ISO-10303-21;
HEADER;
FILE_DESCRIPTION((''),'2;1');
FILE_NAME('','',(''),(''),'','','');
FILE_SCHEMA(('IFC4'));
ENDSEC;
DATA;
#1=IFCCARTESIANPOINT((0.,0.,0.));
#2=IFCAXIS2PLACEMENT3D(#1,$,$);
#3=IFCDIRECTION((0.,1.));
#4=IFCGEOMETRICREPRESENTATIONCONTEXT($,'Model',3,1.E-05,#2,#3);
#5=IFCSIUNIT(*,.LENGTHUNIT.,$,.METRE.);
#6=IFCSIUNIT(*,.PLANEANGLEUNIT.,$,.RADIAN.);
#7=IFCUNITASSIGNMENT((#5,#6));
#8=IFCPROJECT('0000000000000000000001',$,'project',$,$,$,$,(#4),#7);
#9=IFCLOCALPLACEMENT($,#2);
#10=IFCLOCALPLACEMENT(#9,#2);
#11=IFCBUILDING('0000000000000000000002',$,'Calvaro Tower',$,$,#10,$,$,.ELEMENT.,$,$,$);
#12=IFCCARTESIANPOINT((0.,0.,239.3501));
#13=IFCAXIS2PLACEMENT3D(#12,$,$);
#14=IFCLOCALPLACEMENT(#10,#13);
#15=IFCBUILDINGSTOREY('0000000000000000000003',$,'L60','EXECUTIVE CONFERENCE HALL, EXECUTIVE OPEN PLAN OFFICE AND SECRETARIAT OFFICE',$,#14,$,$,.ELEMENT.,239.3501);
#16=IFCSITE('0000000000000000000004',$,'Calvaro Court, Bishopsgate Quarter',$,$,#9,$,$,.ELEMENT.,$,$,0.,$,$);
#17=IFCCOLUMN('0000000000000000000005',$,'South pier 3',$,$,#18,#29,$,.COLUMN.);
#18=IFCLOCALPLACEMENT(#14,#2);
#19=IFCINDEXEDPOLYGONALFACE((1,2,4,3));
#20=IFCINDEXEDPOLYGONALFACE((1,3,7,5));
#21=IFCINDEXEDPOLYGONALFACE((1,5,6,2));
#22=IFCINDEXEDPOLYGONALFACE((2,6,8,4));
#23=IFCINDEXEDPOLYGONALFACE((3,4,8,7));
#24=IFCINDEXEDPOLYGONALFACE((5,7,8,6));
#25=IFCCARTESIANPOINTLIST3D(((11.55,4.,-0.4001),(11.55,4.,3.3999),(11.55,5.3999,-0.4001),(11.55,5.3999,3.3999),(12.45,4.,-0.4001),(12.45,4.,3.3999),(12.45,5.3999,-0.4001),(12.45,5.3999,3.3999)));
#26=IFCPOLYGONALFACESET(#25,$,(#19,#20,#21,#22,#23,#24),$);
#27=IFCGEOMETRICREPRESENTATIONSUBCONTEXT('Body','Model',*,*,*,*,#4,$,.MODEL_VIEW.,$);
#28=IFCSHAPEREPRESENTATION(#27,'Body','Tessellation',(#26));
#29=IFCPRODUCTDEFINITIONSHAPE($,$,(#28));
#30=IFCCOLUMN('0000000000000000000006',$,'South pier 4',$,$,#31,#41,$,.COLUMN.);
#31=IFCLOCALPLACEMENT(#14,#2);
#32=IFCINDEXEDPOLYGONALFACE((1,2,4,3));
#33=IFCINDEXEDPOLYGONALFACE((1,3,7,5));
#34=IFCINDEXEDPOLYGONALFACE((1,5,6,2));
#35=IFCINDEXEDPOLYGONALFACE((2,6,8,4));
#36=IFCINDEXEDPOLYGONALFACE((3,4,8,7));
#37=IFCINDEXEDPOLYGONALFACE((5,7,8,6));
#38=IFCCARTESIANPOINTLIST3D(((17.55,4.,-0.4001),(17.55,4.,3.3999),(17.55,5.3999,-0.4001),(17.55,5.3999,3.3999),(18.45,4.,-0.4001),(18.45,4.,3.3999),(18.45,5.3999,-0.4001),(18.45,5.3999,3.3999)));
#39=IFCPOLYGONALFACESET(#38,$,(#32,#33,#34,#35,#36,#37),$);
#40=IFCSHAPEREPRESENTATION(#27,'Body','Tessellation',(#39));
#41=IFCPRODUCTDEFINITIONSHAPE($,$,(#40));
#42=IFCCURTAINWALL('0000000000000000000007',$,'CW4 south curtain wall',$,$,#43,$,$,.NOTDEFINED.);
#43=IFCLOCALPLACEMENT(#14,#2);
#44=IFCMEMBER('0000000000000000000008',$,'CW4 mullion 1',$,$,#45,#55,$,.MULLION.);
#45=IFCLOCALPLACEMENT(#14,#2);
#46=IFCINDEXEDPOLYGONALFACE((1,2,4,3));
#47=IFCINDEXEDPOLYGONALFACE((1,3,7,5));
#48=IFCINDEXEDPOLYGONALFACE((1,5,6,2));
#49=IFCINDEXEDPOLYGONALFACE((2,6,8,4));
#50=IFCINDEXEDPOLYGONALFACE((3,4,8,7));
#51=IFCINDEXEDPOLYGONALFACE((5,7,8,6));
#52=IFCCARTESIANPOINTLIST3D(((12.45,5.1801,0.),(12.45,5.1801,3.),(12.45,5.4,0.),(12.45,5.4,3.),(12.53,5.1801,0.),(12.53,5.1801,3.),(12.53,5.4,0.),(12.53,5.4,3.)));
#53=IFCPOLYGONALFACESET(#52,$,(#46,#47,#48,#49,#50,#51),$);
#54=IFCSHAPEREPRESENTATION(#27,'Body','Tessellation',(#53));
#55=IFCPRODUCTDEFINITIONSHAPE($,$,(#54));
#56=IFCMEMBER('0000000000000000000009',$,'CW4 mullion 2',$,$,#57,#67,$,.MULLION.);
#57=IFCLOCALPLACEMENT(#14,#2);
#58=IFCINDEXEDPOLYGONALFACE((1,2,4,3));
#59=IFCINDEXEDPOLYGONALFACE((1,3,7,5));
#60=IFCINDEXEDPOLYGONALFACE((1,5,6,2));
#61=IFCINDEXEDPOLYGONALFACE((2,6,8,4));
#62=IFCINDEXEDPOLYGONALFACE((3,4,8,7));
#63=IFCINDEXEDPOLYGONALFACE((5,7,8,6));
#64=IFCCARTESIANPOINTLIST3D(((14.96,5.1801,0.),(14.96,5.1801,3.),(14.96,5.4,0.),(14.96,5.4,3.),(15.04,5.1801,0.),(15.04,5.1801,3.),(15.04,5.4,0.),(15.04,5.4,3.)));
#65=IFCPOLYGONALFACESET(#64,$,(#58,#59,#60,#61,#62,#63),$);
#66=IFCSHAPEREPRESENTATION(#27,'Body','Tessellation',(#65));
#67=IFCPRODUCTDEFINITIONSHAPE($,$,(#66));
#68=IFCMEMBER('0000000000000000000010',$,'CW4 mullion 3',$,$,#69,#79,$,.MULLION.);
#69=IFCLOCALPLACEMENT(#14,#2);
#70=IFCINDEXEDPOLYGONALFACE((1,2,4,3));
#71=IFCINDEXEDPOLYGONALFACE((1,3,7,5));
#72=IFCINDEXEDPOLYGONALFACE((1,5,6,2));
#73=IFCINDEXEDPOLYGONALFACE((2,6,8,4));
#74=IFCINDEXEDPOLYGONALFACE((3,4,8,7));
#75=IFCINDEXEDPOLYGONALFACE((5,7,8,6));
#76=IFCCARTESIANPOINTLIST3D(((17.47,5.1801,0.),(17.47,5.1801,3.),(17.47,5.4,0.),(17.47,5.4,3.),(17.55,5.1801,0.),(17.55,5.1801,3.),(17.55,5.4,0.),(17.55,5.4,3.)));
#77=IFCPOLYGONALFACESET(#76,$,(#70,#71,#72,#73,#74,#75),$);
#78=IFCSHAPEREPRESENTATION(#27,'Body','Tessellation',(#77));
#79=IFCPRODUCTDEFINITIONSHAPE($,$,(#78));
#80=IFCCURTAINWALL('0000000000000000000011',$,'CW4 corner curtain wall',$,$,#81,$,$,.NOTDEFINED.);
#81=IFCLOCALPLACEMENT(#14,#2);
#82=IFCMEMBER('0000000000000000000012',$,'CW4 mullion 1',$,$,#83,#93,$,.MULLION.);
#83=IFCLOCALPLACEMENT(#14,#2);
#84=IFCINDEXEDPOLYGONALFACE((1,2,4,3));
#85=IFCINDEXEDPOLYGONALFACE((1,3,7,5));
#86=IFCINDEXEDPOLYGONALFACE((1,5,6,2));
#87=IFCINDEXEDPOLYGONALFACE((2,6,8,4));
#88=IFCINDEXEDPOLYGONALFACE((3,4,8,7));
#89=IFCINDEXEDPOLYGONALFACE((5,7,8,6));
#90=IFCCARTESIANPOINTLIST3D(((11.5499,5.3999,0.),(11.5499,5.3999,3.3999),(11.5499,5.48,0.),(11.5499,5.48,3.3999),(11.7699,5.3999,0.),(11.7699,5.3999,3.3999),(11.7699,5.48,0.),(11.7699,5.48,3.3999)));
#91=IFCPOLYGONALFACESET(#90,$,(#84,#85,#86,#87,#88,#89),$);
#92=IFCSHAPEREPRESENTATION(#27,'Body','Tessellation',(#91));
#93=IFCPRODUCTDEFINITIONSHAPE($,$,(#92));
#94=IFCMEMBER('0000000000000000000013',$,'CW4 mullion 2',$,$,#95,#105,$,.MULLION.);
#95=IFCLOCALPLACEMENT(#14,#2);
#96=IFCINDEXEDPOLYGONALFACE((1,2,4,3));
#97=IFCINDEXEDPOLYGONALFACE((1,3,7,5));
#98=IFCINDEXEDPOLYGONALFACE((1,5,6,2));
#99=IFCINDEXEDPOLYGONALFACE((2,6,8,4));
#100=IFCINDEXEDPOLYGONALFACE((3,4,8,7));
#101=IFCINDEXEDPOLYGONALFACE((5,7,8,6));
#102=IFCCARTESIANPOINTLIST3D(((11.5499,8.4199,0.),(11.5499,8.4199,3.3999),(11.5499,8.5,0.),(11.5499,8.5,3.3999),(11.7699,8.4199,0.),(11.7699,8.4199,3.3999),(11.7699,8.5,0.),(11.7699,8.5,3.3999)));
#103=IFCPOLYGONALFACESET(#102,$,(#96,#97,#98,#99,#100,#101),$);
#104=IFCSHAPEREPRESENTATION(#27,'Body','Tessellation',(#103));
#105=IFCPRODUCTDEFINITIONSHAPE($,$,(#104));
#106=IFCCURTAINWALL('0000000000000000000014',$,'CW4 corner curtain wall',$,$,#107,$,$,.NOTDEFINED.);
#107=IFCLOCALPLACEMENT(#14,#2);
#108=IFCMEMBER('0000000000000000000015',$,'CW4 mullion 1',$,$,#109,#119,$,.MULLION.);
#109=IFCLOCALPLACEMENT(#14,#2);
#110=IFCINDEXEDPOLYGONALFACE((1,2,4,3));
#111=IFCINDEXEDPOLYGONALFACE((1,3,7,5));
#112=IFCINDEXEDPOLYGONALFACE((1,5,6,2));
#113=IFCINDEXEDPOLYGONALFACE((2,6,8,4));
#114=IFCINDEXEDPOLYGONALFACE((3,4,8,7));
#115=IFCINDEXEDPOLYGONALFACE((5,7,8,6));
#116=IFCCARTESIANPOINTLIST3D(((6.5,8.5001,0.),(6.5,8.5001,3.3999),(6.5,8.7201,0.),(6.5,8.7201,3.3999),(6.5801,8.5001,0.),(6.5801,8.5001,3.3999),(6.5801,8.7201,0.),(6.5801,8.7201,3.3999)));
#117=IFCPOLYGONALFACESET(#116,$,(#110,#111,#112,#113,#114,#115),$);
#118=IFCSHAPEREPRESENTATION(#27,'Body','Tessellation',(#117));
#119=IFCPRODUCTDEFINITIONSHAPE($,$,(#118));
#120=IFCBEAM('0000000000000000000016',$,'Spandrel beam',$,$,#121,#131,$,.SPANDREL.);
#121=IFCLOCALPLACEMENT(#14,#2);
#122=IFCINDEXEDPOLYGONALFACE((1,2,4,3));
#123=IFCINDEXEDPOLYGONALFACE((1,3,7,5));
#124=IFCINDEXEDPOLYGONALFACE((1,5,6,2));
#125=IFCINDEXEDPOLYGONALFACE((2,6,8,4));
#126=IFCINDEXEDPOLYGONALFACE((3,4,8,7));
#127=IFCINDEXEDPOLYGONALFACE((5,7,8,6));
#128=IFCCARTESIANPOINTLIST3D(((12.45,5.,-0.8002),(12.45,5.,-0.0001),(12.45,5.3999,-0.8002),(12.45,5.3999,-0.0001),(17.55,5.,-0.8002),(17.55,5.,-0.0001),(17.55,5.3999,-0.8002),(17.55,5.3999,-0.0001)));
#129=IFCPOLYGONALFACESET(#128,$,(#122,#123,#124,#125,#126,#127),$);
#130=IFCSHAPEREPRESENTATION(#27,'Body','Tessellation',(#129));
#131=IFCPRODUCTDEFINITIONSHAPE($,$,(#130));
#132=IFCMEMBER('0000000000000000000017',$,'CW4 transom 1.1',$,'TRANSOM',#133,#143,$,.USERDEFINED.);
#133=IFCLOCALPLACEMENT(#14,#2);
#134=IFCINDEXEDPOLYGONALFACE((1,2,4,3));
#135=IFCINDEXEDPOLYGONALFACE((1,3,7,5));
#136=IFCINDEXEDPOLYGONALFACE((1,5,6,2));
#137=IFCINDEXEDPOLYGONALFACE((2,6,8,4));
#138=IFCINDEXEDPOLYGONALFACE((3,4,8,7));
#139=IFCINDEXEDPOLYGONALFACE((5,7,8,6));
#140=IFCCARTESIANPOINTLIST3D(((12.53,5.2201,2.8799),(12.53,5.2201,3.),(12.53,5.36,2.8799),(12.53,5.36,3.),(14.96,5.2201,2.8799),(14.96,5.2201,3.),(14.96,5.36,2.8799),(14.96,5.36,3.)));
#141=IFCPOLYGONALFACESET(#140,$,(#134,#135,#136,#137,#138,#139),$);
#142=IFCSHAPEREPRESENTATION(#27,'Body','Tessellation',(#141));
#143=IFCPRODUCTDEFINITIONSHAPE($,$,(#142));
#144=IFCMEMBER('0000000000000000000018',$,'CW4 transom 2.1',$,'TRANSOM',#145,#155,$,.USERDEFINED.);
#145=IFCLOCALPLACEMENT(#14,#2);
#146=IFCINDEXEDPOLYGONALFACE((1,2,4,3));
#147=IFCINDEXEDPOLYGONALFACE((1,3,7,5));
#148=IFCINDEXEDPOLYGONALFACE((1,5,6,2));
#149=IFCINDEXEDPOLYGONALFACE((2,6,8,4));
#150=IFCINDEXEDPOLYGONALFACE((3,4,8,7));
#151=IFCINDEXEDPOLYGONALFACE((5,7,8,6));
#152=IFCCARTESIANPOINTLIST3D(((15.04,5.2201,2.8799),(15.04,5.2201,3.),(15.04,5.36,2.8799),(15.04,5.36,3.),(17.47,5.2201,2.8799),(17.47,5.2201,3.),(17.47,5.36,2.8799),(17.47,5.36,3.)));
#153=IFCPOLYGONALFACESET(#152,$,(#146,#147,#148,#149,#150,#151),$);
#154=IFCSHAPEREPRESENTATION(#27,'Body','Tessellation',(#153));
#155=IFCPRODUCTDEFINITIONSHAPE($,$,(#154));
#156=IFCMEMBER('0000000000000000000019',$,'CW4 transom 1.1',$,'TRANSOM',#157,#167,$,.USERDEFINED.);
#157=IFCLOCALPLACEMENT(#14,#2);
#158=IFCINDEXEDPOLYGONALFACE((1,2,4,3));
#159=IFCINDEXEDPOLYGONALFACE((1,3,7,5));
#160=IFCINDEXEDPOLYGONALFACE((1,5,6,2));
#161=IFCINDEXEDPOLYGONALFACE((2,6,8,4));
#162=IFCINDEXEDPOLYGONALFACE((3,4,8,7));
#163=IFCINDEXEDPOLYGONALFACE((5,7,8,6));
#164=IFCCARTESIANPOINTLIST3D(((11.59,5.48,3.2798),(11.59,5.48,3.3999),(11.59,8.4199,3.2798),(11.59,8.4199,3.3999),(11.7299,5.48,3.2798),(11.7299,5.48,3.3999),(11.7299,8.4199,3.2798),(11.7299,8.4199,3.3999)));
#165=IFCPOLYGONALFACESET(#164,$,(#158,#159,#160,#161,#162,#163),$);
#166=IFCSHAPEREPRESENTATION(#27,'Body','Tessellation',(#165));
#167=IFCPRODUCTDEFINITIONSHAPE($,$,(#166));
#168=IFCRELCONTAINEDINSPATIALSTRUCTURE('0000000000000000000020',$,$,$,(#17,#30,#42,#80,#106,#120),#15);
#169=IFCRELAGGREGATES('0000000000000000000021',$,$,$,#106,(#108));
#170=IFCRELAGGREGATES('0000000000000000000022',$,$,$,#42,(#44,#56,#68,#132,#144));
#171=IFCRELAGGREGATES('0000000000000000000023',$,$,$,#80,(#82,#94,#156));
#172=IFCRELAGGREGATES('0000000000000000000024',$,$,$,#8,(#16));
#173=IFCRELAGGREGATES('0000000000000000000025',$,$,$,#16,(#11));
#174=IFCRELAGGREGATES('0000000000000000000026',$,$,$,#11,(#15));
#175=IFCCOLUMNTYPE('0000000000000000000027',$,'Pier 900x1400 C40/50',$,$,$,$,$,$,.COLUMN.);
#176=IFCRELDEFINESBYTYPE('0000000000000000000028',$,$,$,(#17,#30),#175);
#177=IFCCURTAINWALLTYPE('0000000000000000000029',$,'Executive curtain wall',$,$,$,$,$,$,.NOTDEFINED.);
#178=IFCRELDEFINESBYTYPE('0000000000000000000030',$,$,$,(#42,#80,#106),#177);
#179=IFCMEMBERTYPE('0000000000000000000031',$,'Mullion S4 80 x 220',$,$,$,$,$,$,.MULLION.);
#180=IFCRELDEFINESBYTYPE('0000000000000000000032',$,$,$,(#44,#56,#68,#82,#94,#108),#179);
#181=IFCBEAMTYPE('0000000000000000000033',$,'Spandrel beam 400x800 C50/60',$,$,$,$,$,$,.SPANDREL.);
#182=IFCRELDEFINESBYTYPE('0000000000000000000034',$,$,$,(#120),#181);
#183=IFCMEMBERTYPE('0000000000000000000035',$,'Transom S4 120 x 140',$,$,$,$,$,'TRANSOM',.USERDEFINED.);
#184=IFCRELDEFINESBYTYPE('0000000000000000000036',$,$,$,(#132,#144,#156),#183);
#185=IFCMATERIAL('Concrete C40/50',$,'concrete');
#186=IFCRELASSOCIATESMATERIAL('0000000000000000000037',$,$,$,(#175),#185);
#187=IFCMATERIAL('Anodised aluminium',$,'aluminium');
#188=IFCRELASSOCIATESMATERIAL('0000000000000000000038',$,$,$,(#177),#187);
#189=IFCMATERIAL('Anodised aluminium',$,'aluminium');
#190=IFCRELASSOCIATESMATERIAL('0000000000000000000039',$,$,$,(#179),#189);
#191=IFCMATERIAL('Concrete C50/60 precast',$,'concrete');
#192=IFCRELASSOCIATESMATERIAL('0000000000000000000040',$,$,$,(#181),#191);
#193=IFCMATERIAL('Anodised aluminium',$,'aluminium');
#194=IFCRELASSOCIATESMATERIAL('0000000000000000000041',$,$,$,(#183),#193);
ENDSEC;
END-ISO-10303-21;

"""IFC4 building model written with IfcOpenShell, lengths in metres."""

from ifc_helpers import new_model, si_unit, direction, frame, origin, origin_2d, place, context, subcontext, project, spatial, rectangle, extrude, material, material_profile, profile_set, type_object, element, aggregate, save


model = new_model("IFC4")

# Units and contexts
model_context = context("Model", 3, precision=1e-05, world=origin(), true_north=direction((0.0, 1.0)))
body_context = subcontext(model_context, "Body", "Model", "MODEL_VIEW")
ifc_project = project(units=[si_unit("LENGTHUNIT", "METRE"), si_unit("PLANEANGLEUNIT", "RADIAN")], contexts=[model_context])

# Site, building, storey
site_placement = place(None, origin())
site = spatial("IfcSite", under=ifc_project, at=site_placement, Name="Calvaro Court, Bishopsgate Quarter", CompositionType="ELEMENT", RefElevation=0.0)
building_placement = place(site_placement, origin())
building = spatial("IfcBuilding", under=site, at=building_placement, Name="Calvaro Tower", CompositionType="ELEMENT")
storey_placement = place(building_placement, frame((0.0, 0.0, 239.3501)))
storey = spatial("IfcBuildingStorey", under=building, at=storey_placement, Name="L60", Description="EXECUTIVE CONFERENCE HALL, EXECUTIVE OPEN PLAN OFFICE AND SECRETARIAT OFFICE", CompositionType="ELEMENT", Elevation=239.3501)

# Columns
ifc_material_1 = material(Name="Concrete C40/50", Category="concrete")
ifc_material_profile_1 = material_profile(ifc_material_1, rectangle(XDim=0.8999, YDim=1.3999, at=origin_2d()), Name="RC 900x1400")
ifc_profile_set_1 = profile_set([ifc_material_profile_1], Name="Concrete C40/50")
column_type = type_object("IfcColumnType", Name="Pier 900x1400 C40/50", PredefinedType="COLUMN", material=ifc_profile_set_1)
for number, where, z_axis, x_axis, name in (
    (1, (12.0, 4.7, -0.4001), (0.0, 0.0, 1.0), (1.0, 0.0, 0.0), "South pier 3"),
    (2, (18.0, 4.7, -0.4001), (0.0, 0.0, 1.0), (1.0, 0.0, 0.0), "South pier 4"),
):
    element("IfcColumn", number, at=place(storey_placement, frame(where, z_axis=z_axis, x_axis=x_axis)), inside=storey, type_object=column_type, Name=name, PredefinedType="COLUMN", context=body_context, shape_type="SweptSolid", body=[
        extrude(rectangle(XDim=0.8999, YDim=1.3999, at=origin_2d()), origin(), (0.0, 0.0, 1.0), 3.8),
    ])

# Curtain walls, members
ifc_material_2 = material(Name="Anodised aluminium", Category="aluminium")
curtain_wall_type = type_object("IfcCurtainWallType", Name="Executive curtain wall", PredefinedType="NOTDEFINED", material=ifc_material_2)
curtain_wall_1_placement = place(storey_placement, origin())
curtain_wall_1 = element("IfcCurtainWall", 3, at=curtain_wall_1_placement, inside=storey, type_object=curtain_wall_type, Name="CW4 south curtain wall", PredefinedType="NOTDEFINED")
ifc_material_3 = material(Name="Anodised aluminium", Category="aluminium")
ifc_material_profile_2 = material_profile(ifc_material_3, rectangle(XDim=0.22, YDim=0.0801, at=origin_2d()), Name="Mullion S4 80 x 220")
ifc_profile_set_2 = profile_set([ifc_material_profile_2], Name="Anodised aluminium")
member_type_1 = type_object("IfcMemberType", Name="Mullion S4 80 x 220", PredefinedType="MULLION", material=ifc_profile_set_2)
member_1_placement = place(storey_placement, frame((12.49, 5.29, 0.0), z_axis=(0.0, 0.0, 1.0), x_axis=(0.0, 1.0, 0.0)))
member_1 = element("IfcMember", 4, at=member_1_placement, type_object=member_type_1, Name="CW4 mullion 1", PredefinedType="MULLION", context=body_context, shape_type="SweptSolid", body=[
    extrude(rectangle(XDim=0.22, YDim=0.0801, at=origin_2d()), origin(), (0.0, 0.0, 1.0), 3.0),
])
member_2_placement = place(storey_placement, frame((15.0, 5.29, 0.0), z_axis=(0.0, 0.0, 1.0), x_axis=(0.0, 1.0, 0.0)))
member_2 = element("IfcMember", 5, at=member_2_placement, type_object=member_type_1, Name="CW4 mullion 2", PredefinedType="MULLION", context=body_context, shape_type="SweptSolid", body=[
    extrude(rectangle(XDim=0.22, YDim=0.0801, at=origin_2d()), origin(), (0.0, 0.0, 1.0), 3.0),
])
member_3_placement = place(storey_placement, frame((17.51, 5.29, 0.0), z_axis=(0.0, 0.0, 1.0), x_axis=(0.0, 1.0, 0.0)))
member_3 = element("IfcMember", 6, at=member_3_placement, type_object=member_type_1, Name="CW4 mullion 3", PredefinedType="MULLION", context=body_context, shape_type="SweptSolid", body=[
    extrude(rectangle(XDim=0.22, YDim=0.0801, at=origin_2d()), origin(), (0.0, 0.0, 1.0), 3.0),
])
curtain_wall_2_placement = place(storey_placement, origin())
curtain_wall_2 = element("IfcCurtainWall", 7, at=curtain_wall_2_placement, inside=storey, type_object=curtain_wall_type, Name="CW4 corner curtain wall", PredefinedType="NOTDEFINED")
member_4_placement = place(storey_placement, frame((11.6599, 5.4399, 0.0), z_axis=(0.0, 0.0, 1.0), x_axis=(-1.0, 0.0, 0.0)))
member_4 = element("IfcMember", 8, at=member_4_placement, type_object=member_type_1, Name="CW4 mullion 1", PredefinedType="MULLION", context=body_context, shape_type="SweptSolid", body=[
    extrude(rectangle(XDim=0.22, YDim=0.0801, at=origin_2d()), origin(), (0.0, 0.0, 1.0), 3.3999),
])
member_5_placement = place(storey_placement, frame((11.6599, 8.46, 0.0), z_axis=(0.0, 0.0, 1.0), x_axis=(-1.0, 0.0, 0.0)))
member_5 = element("IfcMember", 9, at=member_5_placement, type_object=member_type_1, Name="CW4 mullion 2", PredefinedType="MULLION", context=body_context, shape_type="SweptSolid", body=[
    extrude(rectangle(XDim=0.22, YDim=0.0801, at=origin_2d()), origin(), (0.0, 0.0, 1.0), 3.3999),
])

# Curtain wall, member
curtain_wall_3_placement = place(storey_placement, origin())
curtain_wall_3 = element("IfcCurtainWall", 10, at=curtain_wall_3_placement, inside=storey, type_object=curtain_wall_type, Name="CW4 corner curtain wall", PredefinedType="NOTDEFINED")
member_6_placement = place(storey_placement, frame((6.54, 8.6101, 0.0), z_axis=(0.0, 0.0, 1.0), x_axis=(0.0, 1.0, 0.0)))
member_6 = element("IfcMember", 11, at=member_6_placement, type_object=member_type_1, Name="CW4 mullion 1", PredefinedType="MULLION", context=body_context, shape_type="SweptSolid", body=[
    extrude(rectangle(XDim=0.22, YDim=0.0801, at=origin_2d()), origin(), (0.0, 0.0, 1.0), 3.3999),
])
aggregate(curtain_wall_3, [member_6])

# Beam
ifc_material_4 = material(Name="Concrete C50/60 precast", Category="concrete")
ifc_material_profile_3 = material_profile(ifc_material_4, rectangle(XDim=0.3999, YDim=0.8, at=origin_2d()), Name="RC 400x800")
ifc_profile_set_3 = profile_set([ifc_material_profile_3], Name="Concrete C50/60 precast")
beam_type = type_object("IfcBeamType", Name="Spandrel beam 400x800 C50/60", PredefinedType="SPANDREL", material=ifc_profile_set_3)
beam_placement = place(storey_placement, frame((12.45, 5.2, -0.4001), z_axis=(1.0, 0.0, 0.0), x_axis=(0.0, 1.0, 0.0)))
element("IfcBeam", 12, at=beam_placement, inside=storey, type_object=beam_type, Name="Spandrel beam", PredefinedType="SPANDREL", context=body_context, shape_type="SweptSolid", body=[
    extrude(rectangle(XDim=0.3999, YDim=0.8, at=origin_2d()), origin(), (0.0, 0.0, 1.0), 5.1001),
])

# Members
ifc_material_5 = material(Name="Anodised aluminium", Category="aluminium")
ifc_material_profile_4 = material_profile(ifc_material_5, rectangle(XDim=0.1399, YDim=0.1201, at=origin_2d()), Name="Transom S4 120 x 140")
ifc_profile_set_4 = profile_set([ifc_material_profile_4], Name="Anodised aluminium")
member_type_2 = type_object("IfcMemberType", Name="Transom S4 120 x 140", ElementType="TRANSOM", PredefinedType="USERDEFINED", material=ifc_profile_set_4)
member_7_placement = place(storey_placement, frame((12.53, 5.29, 2.9399), z_axis=(1.0, 0.0, 0.0), x_axis=(0.0, 1.0, 0.0)))
member_7 = element("IfcMember", 13, at=member_7_placement, type_object=member_type_2, Name="CW4 transom 1.1", ObjectType="TRANSOM", PredefinedType="USERDEFINED", context=body_context, shape_type="SweptSolid", body=[
    extrude(rectangle(XDim=0.1399, YDim=0.1201, at=origin_2d()), origin(), (0.0, 0.0, 1.0), 2.4299),
])
member_8_placement = place(storey_placement, frame((15.04, 5.29, 2.9399), z_axis=(1.0, 0.0, 0.0), x_axis=(0.0, 1.0, 0.0)))
member_8 = element("IfcMember", 14, at=member_8_placement, type_object=member_type_2, Name="CW4 transom 2.1", ObjectType="TRANSOM", PredefinedType="USERDEFINED", context=body_context, shape_type="SweptSolid", body=[
    extrude(rectangle(XDim=0.1399, YDim=0.1201, at=origin_2d()), origin(), (0.0, 0.0, 1.0), 2.4299),
])
member_9_placement = place(storey_placement, frame((11.6599, 5.48, 3.3398), z_axis=(0.0, 1.0, 0.0), x_axis=(-1.0, 0.0, 0.0)))
member_9 = element("IfcMember", 15, at=member_9_placement, type_object=member_type_2, Name="CW4 transom 1.1", ObjectType="TRANSOM", PredefinedType="USERDEFINED", context=body_context, shape_type="SweptSolid", body=[
    extrude(rectangle(XDim=0.1399, YDim=0.1201, at=origin_2d()), origin(), (0.0, 0.0, 1.0), 2.9399),
])

aggregate(curtain_wall_1, [member_1, member_2, member_3, member_7, member_8])
aggregate(curtain_wall_2, [member_4, member_5, member_9])

save(model, "model.ifc")
